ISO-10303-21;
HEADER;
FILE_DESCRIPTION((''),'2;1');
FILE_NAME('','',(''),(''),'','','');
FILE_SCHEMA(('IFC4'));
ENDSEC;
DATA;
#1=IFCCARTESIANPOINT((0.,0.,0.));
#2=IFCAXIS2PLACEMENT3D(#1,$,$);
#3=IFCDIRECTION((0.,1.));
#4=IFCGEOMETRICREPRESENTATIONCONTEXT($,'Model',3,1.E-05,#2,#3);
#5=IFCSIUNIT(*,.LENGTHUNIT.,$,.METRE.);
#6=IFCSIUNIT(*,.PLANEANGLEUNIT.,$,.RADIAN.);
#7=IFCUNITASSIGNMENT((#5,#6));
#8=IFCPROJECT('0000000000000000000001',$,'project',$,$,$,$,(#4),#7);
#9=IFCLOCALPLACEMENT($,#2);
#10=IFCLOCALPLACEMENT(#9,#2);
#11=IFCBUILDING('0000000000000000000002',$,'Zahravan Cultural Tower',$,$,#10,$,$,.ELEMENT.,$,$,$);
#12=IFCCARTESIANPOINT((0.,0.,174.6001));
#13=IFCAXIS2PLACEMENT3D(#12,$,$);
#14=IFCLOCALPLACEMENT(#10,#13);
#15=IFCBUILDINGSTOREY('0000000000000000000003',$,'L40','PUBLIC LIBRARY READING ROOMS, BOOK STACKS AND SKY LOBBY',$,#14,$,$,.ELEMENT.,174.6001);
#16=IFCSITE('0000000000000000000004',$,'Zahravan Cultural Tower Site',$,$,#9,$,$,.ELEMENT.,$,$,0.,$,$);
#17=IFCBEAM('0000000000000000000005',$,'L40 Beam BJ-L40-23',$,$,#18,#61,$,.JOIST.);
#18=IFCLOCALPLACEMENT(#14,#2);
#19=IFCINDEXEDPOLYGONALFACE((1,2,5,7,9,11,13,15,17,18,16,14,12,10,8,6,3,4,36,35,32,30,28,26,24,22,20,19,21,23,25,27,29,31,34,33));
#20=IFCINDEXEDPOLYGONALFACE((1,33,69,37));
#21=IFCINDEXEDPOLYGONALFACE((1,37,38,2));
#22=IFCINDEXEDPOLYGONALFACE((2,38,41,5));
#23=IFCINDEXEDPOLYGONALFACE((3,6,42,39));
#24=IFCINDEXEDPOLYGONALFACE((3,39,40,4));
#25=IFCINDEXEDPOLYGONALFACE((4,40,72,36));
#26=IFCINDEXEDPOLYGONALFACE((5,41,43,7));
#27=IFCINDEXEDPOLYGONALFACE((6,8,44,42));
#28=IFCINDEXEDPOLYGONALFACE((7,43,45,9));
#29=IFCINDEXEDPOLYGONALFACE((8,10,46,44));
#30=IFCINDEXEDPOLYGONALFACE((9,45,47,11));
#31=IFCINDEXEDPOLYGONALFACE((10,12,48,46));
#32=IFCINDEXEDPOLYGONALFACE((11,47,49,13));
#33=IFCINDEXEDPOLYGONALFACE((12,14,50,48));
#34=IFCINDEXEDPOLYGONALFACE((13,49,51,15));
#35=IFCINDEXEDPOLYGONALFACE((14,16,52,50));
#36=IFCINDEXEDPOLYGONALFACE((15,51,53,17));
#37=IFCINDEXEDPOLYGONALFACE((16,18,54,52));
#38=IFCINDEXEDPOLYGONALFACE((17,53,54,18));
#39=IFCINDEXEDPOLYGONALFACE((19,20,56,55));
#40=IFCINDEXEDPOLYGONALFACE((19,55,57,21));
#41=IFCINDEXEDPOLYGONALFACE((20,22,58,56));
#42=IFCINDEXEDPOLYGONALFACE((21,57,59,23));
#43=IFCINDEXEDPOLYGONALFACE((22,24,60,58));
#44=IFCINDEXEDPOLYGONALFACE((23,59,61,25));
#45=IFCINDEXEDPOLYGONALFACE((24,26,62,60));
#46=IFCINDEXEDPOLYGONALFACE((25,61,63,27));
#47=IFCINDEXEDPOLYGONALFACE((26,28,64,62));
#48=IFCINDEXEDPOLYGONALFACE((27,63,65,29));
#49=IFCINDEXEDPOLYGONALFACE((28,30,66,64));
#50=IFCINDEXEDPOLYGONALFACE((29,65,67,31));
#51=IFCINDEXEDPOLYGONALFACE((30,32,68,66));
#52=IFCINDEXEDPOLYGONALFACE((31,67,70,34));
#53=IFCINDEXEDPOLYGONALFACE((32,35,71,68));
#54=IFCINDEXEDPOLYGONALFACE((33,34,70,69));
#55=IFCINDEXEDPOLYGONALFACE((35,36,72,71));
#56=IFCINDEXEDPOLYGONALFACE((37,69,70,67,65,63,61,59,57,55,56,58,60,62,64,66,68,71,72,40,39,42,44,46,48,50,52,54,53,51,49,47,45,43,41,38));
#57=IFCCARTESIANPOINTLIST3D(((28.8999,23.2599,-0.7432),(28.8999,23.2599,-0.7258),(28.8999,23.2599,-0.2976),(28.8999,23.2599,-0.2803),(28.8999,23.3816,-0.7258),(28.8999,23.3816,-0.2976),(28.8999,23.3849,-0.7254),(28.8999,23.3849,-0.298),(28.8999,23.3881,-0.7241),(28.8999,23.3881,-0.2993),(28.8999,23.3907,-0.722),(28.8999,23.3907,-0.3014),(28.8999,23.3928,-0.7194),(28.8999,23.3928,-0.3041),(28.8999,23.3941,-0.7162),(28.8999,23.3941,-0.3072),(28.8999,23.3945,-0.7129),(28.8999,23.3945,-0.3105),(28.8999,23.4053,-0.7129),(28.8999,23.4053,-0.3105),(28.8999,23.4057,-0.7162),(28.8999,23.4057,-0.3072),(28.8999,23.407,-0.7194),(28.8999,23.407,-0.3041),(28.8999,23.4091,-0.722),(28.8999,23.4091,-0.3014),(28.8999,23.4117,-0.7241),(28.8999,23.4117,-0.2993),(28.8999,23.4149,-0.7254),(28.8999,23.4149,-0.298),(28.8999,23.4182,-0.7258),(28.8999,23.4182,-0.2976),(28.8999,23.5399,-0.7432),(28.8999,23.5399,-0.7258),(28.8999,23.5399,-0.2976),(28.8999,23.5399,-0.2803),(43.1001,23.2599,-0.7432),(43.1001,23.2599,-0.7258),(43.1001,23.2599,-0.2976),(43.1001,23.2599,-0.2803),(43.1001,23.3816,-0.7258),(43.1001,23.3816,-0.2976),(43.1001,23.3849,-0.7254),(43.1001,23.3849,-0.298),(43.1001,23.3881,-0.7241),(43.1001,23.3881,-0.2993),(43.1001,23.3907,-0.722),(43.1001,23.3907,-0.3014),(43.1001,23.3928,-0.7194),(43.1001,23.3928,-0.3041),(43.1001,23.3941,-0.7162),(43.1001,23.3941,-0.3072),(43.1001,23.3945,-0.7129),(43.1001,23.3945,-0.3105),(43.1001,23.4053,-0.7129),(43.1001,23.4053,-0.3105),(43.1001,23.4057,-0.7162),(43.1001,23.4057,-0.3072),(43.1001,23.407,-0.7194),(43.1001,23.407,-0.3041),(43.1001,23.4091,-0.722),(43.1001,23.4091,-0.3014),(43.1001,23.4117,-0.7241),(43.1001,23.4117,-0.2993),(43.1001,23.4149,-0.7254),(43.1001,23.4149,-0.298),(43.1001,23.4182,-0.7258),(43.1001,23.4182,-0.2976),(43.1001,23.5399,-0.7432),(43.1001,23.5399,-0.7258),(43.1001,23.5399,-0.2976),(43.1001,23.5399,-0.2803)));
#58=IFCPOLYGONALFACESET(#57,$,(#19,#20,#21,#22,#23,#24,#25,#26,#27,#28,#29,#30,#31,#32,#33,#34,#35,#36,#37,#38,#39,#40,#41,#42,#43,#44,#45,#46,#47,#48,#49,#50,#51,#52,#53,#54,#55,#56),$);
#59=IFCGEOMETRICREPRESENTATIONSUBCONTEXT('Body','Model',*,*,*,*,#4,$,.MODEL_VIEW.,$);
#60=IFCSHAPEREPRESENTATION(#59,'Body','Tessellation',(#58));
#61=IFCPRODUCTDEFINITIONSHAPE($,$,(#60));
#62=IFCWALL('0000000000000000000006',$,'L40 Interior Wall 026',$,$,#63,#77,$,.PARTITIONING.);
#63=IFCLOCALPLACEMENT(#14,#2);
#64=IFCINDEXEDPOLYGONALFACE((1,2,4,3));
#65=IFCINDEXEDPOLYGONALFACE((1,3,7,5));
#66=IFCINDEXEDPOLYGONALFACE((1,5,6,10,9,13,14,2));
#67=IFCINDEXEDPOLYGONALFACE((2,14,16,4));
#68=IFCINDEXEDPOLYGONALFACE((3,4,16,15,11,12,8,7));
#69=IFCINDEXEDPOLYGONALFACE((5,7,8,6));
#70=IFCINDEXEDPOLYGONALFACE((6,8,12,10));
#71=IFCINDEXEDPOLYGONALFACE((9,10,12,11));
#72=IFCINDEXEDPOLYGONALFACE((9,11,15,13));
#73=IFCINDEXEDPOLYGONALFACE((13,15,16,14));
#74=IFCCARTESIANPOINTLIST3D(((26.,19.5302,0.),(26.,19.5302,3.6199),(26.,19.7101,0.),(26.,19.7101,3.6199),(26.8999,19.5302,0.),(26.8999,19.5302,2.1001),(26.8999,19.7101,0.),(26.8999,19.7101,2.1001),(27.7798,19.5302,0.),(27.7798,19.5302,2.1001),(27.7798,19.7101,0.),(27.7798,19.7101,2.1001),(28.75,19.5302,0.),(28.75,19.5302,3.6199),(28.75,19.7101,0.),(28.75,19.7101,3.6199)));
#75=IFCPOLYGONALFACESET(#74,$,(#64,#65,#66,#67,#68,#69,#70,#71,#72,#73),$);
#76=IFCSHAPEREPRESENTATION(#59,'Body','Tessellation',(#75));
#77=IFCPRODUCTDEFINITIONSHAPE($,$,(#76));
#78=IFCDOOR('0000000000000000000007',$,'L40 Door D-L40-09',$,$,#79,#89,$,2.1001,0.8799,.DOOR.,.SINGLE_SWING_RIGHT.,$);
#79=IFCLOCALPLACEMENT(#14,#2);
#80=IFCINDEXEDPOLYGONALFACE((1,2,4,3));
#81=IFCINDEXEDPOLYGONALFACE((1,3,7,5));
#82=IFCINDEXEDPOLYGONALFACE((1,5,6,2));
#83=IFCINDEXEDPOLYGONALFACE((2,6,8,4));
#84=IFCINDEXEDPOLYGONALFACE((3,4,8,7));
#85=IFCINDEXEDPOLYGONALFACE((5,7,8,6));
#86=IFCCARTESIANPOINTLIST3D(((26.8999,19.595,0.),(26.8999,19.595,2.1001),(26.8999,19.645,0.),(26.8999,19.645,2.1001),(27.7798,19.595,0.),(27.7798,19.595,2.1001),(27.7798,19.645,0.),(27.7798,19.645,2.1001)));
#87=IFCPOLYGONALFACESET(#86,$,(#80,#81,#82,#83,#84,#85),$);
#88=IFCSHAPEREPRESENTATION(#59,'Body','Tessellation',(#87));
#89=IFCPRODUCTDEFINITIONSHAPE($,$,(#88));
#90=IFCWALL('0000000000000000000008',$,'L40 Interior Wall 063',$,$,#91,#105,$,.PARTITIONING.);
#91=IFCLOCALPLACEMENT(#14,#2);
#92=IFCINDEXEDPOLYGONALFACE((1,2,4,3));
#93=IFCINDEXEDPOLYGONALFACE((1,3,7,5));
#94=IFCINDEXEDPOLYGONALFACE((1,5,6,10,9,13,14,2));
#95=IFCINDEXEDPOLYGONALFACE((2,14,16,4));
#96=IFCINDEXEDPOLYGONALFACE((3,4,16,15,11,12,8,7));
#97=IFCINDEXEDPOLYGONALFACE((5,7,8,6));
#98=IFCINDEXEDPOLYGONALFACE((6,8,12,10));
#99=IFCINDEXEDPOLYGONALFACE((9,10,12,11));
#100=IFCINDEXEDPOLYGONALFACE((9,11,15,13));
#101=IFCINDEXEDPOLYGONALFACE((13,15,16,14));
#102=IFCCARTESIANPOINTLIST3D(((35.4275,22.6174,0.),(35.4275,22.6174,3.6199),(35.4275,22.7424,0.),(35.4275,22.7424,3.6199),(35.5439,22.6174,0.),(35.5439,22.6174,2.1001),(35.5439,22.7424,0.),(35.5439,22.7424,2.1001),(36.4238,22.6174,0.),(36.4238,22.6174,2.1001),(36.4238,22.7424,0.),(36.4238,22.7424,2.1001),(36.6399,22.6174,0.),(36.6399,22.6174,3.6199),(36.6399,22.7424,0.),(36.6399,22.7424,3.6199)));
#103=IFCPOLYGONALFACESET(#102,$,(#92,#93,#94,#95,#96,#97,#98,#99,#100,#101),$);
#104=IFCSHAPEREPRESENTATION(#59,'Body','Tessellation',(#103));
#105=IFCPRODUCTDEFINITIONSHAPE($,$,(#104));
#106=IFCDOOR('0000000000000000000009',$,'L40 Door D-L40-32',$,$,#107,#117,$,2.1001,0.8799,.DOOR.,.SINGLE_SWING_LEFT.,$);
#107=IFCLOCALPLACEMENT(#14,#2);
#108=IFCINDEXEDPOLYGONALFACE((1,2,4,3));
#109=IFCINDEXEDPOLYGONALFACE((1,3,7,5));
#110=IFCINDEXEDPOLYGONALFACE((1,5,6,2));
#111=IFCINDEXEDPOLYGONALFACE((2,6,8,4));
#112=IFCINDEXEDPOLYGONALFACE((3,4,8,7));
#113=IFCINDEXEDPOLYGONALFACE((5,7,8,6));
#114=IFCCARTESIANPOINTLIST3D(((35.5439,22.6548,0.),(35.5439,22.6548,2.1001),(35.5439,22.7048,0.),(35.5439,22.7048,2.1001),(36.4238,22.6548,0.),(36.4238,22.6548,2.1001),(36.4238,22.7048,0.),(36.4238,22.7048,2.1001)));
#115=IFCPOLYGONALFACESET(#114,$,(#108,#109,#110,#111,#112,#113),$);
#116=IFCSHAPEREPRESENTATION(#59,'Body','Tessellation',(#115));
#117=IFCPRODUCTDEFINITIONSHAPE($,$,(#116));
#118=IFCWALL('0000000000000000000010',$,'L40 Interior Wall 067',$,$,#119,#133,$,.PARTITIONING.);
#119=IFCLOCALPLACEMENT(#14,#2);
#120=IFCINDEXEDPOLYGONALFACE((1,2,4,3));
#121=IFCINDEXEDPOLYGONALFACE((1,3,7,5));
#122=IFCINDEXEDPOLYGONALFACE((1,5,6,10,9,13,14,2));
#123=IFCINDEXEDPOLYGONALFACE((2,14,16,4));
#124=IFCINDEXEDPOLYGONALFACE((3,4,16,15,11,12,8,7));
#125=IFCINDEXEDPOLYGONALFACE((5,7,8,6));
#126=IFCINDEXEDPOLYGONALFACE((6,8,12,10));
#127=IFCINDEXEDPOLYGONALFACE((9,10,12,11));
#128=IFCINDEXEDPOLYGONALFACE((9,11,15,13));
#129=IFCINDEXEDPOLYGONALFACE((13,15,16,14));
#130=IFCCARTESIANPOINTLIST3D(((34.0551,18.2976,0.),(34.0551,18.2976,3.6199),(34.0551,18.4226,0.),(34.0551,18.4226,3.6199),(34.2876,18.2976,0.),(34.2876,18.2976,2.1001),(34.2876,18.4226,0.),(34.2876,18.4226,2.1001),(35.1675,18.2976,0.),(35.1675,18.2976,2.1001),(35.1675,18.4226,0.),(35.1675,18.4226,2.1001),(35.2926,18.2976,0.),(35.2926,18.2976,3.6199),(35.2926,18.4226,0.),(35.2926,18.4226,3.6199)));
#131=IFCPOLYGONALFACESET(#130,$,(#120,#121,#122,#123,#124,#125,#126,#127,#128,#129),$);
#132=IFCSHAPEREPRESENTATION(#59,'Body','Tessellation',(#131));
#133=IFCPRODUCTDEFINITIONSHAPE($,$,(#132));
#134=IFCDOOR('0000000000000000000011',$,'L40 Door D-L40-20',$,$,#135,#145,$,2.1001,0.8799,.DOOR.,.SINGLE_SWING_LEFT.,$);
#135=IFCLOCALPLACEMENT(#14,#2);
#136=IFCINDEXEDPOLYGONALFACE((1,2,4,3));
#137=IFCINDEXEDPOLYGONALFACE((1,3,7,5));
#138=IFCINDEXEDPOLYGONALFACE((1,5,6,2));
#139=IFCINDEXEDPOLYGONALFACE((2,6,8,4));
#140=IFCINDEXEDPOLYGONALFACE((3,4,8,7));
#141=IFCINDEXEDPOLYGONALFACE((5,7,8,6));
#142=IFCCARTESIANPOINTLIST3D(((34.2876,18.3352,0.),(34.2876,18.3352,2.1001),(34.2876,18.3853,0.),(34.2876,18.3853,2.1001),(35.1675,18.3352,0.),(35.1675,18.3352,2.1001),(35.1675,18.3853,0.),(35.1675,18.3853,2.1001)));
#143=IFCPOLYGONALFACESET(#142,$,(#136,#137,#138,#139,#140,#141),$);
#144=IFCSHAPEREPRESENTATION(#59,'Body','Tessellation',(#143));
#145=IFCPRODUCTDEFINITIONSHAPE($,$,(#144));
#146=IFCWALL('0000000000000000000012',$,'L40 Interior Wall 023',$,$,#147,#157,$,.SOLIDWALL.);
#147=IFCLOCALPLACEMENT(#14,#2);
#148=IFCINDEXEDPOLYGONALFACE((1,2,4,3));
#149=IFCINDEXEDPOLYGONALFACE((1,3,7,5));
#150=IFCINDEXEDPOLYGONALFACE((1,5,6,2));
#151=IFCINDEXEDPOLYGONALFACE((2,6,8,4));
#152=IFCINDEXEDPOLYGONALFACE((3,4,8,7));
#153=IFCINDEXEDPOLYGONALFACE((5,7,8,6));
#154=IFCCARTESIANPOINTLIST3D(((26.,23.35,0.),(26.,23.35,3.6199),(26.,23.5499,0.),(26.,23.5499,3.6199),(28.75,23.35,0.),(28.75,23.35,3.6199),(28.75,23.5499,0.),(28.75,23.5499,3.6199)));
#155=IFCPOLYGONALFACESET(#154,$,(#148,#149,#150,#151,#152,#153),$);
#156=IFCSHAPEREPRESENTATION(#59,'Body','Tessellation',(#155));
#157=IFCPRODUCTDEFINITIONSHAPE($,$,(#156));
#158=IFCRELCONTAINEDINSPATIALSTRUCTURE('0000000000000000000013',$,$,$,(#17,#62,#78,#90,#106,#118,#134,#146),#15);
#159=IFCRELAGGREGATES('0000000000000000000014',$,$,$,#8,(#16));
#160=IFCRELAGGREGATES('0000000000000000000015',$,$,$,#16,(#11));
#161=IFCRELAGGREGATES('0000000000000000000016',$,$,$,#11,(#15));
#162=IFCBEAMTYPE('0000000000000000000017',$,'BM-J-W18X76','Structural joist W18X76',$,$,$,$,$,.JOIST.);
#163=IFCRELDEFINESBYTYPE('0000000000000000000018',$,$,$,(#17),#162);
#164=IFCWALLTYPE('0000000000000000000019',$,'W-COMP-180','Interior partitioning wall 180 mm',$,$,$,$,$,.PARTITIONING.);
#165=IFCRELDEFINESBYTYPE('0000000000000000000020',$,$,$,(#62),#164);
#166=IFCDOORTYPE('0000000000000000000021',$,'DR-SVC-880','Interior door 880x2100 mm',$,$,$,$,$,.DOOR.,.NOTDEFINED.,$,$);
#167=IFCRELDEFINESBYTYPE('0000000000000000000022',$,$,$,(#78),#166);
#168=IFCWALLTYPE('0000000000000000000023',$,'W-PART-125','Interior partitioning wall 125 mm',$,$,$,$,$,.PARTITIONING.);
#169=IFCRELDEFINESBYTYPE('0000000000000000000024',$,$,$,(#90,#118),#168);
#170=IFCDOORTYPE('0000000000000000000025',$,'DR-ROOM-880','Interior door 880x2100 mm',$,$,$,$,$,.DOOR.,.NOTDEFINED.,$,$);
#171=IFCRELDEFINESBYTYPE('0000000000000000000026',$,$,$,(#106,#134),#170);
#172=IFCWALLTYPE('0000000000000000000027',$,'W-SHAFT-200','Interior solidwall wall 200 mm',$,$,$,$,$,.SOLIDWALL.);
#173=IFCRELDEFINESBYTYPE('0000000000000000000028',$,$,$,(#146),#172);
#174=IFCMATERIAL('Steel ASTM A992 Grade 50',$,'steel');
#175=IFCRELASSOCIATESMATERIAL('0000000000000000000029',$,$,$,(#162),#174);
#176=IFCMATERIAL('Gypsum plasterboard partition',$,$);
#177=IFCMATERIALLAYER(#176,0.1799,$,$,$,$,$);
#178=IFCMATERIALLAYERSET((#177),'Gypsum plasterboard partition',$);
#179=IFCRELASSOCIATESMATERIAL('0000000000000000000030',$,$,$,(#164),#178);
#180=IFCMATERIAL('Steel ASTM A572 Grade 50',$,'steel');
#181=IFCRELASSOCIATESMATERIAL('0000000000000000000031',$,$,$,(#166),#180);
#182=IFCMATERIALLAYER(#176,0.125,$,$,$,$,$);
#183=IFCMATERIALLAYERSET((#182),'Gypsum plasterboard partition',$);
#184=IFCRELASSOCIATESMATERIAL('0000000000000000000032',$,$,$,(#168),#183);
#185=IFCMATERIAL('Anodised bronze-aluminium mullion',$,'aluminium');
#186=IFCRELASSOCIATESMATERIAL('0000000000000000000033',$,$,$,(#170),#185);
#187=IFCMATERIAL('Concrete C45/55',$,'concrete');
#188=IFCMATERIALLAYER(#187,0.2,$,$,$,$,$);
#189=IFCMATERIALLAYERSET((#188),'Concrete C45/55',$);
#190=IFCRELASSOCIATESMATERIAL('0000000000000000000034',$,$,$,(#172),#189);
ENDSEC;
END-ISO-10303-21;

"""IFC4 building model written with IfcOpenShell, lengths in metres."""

from ifc_helpers import new_model, si_unit, direction, frame, frame_2d, origin, origin_2d, place, context, subcontext, project, spatial, rectangle, i_section, extrude, source, transform, mapped, material, layer, layer_set, material_profile, profile_set, type_object, element, fill, save


model = new_model("IFC4")

# Units and contexts
model_context = context("Model", 3, precision=1e-05, world=origin(), true_north=direction((0.0, 1.0)))
body_context = subcontext(model_context, "Body", "Model", "MODEL_VIEW")
ifc_project = project(units=[si_unit("LENGTHUNIT", "METRE"), si_unit("PLANEANGLEUNIT", "RADIAN")], contexts=[model_context])

# Site, building, storey
site_placement = place(None, origin())
site = spatial("IfcSite", under=ifc_project, at=site_placement, Name="Zahravan Cultural Tower Site", CompositionType="ELEMENT", RefElevation=0.0)
building_placement = place(site_placement, origin())
building = spatial("IfcBuilding", under=site, at=building_placement, Name="Zahravan Cultural Tower", CompositionType="ELEMENT")
storey_placement = place(building_placement, frame((0.0, 0.0, 174.6001)))
storey = spatial("IfcBuildingStorey", under=building, at=storey_placement, Name="L40", Description="PUBLIC LIBRARY READING ROOMS, BOOK STACKS AND SKY LOBBY", CompositionType="ELEMENT", Elevation=174.6001)

# Beam
ifc_material_1 = material(Name="Steel ASTM A992 Grade 50", Category="steel")
ifc_material_profile = material_profile(ifc_material_1, i_section(OverallWidth=0.28, OverallDepth=0.4629, WebThickness=0.0107, FlangeThickness=0.0173, FilletRadius=0.0129, at=origin_2d()), Name="W18X76")
ifc_profile_set = profile_set([ifc_material_profile], Name="Steel ASTM A992 Grade 50")
beam_type = type_object("IfcBeamType", Name="BM-J-W18X76", Description="Structural joist W18X76", PredefinedType="JOIST", material=ifc_profile_set)
shared_shape_1 = source(origin(), body_context, "Body", "SweptSolid", [
    extrude(i_section(OverallWidth=0.28, OverallDepth=0.4629, WebThickness=0.0107, FlangeThickness=0.0173, FilletRadius=0.0129, at=origin_2d()), origin(), (0.0, 0.0, 1.0), 14.2002),
])
beam_placement = place(storey_placement, frame((28.8999, 23.3999, -0.5117), z_axis=(1.0, 0.0, 0.0), x_axis=(0.0, 1.0, 0.0)))
element("IfcBeam", 1, at=beam_placement, inside=storey, type_object=beam_type, Name="L40 Beam BJ-L40-23", PredefinedType="JOIST", context=body_context, shape_type="MappedRepresentation", body=[
    mapped(shared_shape_1, transform((0.0, 0.0, 0.0), x_axis=(1.0, 0.0, 0.0), y_axis=(0.0, 1.0, 0.0), z_axis=(0.0, 0.0, 1.0), scale=1.0)),
])

# Walls, openings, doors
ifc_material_2 = material(Name="Gypsum plasterboard partition")
ifc_layer_1 = layer(ifc_material_2, 0.1799)
ifc_layer_set_1 = layer_set([ifc_layer_1], Name="Gypsum plasterboard partition")
wall_type_1 = type_object("IfcWallType", Name="W-COMP-180", Description="Interior partitioning wall 180 mm", PredefinedType="PARTITIONING", material=ifc_layer_set_1)
wall_1_placement = place(storey_placement, frame((26.0, 19.6201, 0.0), z_axis=(0.0, 0.0, 1.0), x_axis=(1.0, 0.0, 0.0)))
wall_1 = element("IfcWall", 2, at=wall_1_placement, inside=storey, type_object=wall_type_1, Name="L40 Interior Wall 026", PredefinedType="PARTITIONING", context=body_context, shape_type="SweptSolid", body=[
    extrude(rectangle(XDim=2.75, YDim=0.1799, at=frame_2d((1.375, 0.0))), origin(), (0.0, 0.0, 1.0), 3.6199),
])
opening_1_placement = place(wall_1_placement, frame((0.8999, 0.0, 0.0)))
opening_1 = element("IfcOpeningElement", 3, at=opening_1_placement, cuts=wall_1, PredefinedType="OPENING", context=body_context, shape_type="SweptSolid", body=[
    extrude(rectangle(XDim=0.8799, YDim=2.1001, at=frame_2d((0.4399, 1.05))), frame((0.0, 0.0999, 0.0), z_axis=(0.0, -1.0, 0.0), x_axis=(1.0, 0.0, 0.0)), (0.0, 0.0, 1.0), 0.2),
])
ifc_material_3 = material(Name="Steel ASTM A572 Grade 50", Category="steel")
door_type_1 = type_object("IfcDoorType", Name="DR-SVC-880", Description="Interior door 880x2100 mm", OperationType="NOTDEFINED", PredefinedType="DOOR", material=ifc_material_3)
shared_shape_2 = source(origin(), body_context, "Body", "SweptSolid", [
    extrude(rectangle(XDim=0.8799, YDim=2.1001, at=frame_2d((0.4399, 1.05))), frame((0.0, 0.0249, 0.0), z_axis=(0.0, -1.0, 0.0), x_axis=(1.0, 0.0, 0.0)), (0.0, 0.0, 1.0), 0.05),
])
door_1_placement = place(opening_1_placement, origin())
door_1 = element("IfcDoor", 4, at=door_1_placement, inside=storey, type_object=door_type_1, Name="L40 Door D-L40-09", OperationType="SINGLE_SWING_RIGHT", OverallHeight=2.1001, OverallWidth=0.8799, PredefinedType="DOOR", context=body_context, shape_type="MappedRepresentation", body=[
    mapped(shared_shape_2, transform((0.0, 0.0, 0.0), x_axis=(1.0, 0.0, 0.0), y_axis=(0.0, 1.0, 0.0), z_axis=(0.0, 0.0, 1.0), scale=1.0)),
])
fill(opening_1, door_1)
ifc_layer_2 = layer(ifc_material_2, 0.125)
ifc_layer_set_2 = layer_set([ifc_layer_2], Name="Gypsum plasterboard partition")
wall_type_2 = type_object("IfcWallType", Name="W-PART-125", Description="Interior partitioning wall 125 mm", PredefinedType="PARTITIONING", material=ifc_layer_set_2)
wall_2_placement = place(storey_placement, frame((35.4275, 22.6799, 0.0), z_axis=(0.0, 0.0, 1.0), x_axis=(1.0, 0.0, 0.0)))
wall_2 = element("IfcWall", 5, at=wall_2_placement, inside=storey, type_object=wall_type_2, Name="L40 Interior Wall 063", PredefinedType="PARTITIONING", context=body_context, shape_type="SweptSolid", body=[
    extrude(rectangle(XDim=1.2124, YDim=0.125, at=frame_2d((0.6062, 0.0))), origin(), (0.0, 0.0, 1.0), 3.6199),
])
opening_2_placement = place(wall_2_placement, frame((0.1165, 0.0, 0.0)))
opening_2 = element("IfcOpeningElement", 6, at=opening_2_placement, cuts=wall_2, PredefinedType="OPENING", context=body_context, shape_type="SweptSolid", body=[
    extrude(rectangle(XDim=0.8799, YDim=2.1001, at=frame_2d((0.4399, 1.05))), frame((0.0, 0.0725, 0.0), z_axis=(0.0, -1.0, 0.0), x_axis=(1.0, 0.0, 0.0)), (0.0, 0.0, 1.0), 0.145),
])
ifc_material_4 = material(Name="Anodised bronze-aluminium mullion", Category="aluminium")
door_type_2 = type_object("IfcDoorType", Name="DR-ROOM-880", Description="Interior door 880x2100 mm", OperationType="NOTDEFINED", PredefinedType="DOOR", material=ifc_material_4)
door_2_placement = place(opening_2_placement, origin())
door_2 = element("IfcDoor", 7, at=door_2_placement, inside=storey, type_object=door_type_2, Name="L40 Door D-L40-32", OperationType="SINGLE_SWING_LEFT", OverallHeight=2.1001, OverallWidth=0.8799, PredefinedType="DOOR", context=body_context, shape_type="MappedRepresentation", body=[
    mapped(shared_shape_2, transform((0.0, 0.0, 0.0), x_axis=(1.0, 0.0, 0.0), y_axis=(0.0, 1.0, 0.0), z_axis=(0.0, 0.0, 1.0), scale=1.0)),
])
fill(opening_2, door_2)
wall_3_placement = place(storey_placement, frame((35.2925, 18.3601, 0.0), z_axis=(0.0, 0.0, 1.0), x_axis=(-1.0, 0.0, 0.0)))
wall_3 = element("IfcWall", 8, at=wall_3_placement, inside=storey, type_object=wall_type_2, Name="L40 Interior Wall 067", PredefinedType="PARTITIONING", context=body_context, shape_type="SweptSolid", body=[
    extrude(rectangle(XDim=1.2375, YDim=0.125, at=frame_2d((0.6187, 0.0))), origin(), (0.0, 0.0, 1.0), 3.6199),
])
opening_3_placement = place(wall_3_placement, frame((0.125, 0.0, 0.0)))
opening_3 = element("IfcOpeningElement", 9, at=opening_3_placement, cuts=wall_3, PredefinedType="OPENING", context=body_context, shape_type="SweptSolid", body=[
    extrude(rectangle(XDim=0.8799, YDim=2.1001, at=frame_2d((0.4399, 1.05))), frame((0.0, 0.0725, 0.0), z_axis=(0.0, -1.0, 0.0), x_axis=(1.0, 0.0, 0.0)), (0.0, 0.0, 1.0), 0.145),
])
door_3_placement = place(opening_3_placement, origin())
door_3 = element("IfcDoor", 10, at=door_3_placement, inside=storey, type_object=door_type_2, Name="L40 Door D-L40-20", OperationType="SINGLE_SWING_LEFT", OverallHeight=2.1001, OverallWidth=0.8799, PredefinedType="DOOR", context=body_context, shape_type="MappedRepresentation", body=[
    mapped(shared_shape_2, transform((0.0, 0.0, 0.0), x_axis=(1.0, 0.0, 0.0), y_axis=(0.0, 1.0, 0.0), z_axis=(0.0, 0.0, 1.0), scale=1.0)),
])
fill(opening_3, door_3)
ifc_material_5 = material(Name="Concrete C45/55", Category="concrete")
ifc_layer_3 = layer(ifc_material_5, 0.2)
ifc_layer_set_3 = layer_set([ifc_layer_3], Name="Concrete C45/55")
wall_type_3 = type_object("IfcWallType", Name="W-SHAFT-200", Description="Interior solidwall wall 200 mm", PredefinedType="SOLIDWALL", material=ifc_layer_set_3)

# Wall
shared_shape_3 = source(origin(), body_context, "Body", "SweptSolid", [
    extrude(rectangle(XDim=2.75, YDim=0.2, at=frame_2d((1.375, 0.0))), origin(), (0.0, 0.0, 1.0), 3.6199),
])
wall_4_placement = place(storey_placement, frame((26.0, 23.45, 0.0), z_axis=(0.0, 0.0, 1.0), x_axis=(1.0, 0.0, 0.0)))
element("IfcWall", 11, at=wall_4_placement, inside=storey, type_object=wall_type_3, Name="L40 Interior Wall 023", PredefinedType="SOLIDWALL", context=body_context, shape_type="MappedRepresentation", body=[
    mapped(shared_shape_3, transform((0.0, 0.0, 0.0), x_axis=(1.0, 0.0, 0.0), y_axis=(0.0, 1.0, 0.0), z_axis=(0.0, 0.0, 1.0), scale=1.0)),
])

save(model, "model.ifc")
